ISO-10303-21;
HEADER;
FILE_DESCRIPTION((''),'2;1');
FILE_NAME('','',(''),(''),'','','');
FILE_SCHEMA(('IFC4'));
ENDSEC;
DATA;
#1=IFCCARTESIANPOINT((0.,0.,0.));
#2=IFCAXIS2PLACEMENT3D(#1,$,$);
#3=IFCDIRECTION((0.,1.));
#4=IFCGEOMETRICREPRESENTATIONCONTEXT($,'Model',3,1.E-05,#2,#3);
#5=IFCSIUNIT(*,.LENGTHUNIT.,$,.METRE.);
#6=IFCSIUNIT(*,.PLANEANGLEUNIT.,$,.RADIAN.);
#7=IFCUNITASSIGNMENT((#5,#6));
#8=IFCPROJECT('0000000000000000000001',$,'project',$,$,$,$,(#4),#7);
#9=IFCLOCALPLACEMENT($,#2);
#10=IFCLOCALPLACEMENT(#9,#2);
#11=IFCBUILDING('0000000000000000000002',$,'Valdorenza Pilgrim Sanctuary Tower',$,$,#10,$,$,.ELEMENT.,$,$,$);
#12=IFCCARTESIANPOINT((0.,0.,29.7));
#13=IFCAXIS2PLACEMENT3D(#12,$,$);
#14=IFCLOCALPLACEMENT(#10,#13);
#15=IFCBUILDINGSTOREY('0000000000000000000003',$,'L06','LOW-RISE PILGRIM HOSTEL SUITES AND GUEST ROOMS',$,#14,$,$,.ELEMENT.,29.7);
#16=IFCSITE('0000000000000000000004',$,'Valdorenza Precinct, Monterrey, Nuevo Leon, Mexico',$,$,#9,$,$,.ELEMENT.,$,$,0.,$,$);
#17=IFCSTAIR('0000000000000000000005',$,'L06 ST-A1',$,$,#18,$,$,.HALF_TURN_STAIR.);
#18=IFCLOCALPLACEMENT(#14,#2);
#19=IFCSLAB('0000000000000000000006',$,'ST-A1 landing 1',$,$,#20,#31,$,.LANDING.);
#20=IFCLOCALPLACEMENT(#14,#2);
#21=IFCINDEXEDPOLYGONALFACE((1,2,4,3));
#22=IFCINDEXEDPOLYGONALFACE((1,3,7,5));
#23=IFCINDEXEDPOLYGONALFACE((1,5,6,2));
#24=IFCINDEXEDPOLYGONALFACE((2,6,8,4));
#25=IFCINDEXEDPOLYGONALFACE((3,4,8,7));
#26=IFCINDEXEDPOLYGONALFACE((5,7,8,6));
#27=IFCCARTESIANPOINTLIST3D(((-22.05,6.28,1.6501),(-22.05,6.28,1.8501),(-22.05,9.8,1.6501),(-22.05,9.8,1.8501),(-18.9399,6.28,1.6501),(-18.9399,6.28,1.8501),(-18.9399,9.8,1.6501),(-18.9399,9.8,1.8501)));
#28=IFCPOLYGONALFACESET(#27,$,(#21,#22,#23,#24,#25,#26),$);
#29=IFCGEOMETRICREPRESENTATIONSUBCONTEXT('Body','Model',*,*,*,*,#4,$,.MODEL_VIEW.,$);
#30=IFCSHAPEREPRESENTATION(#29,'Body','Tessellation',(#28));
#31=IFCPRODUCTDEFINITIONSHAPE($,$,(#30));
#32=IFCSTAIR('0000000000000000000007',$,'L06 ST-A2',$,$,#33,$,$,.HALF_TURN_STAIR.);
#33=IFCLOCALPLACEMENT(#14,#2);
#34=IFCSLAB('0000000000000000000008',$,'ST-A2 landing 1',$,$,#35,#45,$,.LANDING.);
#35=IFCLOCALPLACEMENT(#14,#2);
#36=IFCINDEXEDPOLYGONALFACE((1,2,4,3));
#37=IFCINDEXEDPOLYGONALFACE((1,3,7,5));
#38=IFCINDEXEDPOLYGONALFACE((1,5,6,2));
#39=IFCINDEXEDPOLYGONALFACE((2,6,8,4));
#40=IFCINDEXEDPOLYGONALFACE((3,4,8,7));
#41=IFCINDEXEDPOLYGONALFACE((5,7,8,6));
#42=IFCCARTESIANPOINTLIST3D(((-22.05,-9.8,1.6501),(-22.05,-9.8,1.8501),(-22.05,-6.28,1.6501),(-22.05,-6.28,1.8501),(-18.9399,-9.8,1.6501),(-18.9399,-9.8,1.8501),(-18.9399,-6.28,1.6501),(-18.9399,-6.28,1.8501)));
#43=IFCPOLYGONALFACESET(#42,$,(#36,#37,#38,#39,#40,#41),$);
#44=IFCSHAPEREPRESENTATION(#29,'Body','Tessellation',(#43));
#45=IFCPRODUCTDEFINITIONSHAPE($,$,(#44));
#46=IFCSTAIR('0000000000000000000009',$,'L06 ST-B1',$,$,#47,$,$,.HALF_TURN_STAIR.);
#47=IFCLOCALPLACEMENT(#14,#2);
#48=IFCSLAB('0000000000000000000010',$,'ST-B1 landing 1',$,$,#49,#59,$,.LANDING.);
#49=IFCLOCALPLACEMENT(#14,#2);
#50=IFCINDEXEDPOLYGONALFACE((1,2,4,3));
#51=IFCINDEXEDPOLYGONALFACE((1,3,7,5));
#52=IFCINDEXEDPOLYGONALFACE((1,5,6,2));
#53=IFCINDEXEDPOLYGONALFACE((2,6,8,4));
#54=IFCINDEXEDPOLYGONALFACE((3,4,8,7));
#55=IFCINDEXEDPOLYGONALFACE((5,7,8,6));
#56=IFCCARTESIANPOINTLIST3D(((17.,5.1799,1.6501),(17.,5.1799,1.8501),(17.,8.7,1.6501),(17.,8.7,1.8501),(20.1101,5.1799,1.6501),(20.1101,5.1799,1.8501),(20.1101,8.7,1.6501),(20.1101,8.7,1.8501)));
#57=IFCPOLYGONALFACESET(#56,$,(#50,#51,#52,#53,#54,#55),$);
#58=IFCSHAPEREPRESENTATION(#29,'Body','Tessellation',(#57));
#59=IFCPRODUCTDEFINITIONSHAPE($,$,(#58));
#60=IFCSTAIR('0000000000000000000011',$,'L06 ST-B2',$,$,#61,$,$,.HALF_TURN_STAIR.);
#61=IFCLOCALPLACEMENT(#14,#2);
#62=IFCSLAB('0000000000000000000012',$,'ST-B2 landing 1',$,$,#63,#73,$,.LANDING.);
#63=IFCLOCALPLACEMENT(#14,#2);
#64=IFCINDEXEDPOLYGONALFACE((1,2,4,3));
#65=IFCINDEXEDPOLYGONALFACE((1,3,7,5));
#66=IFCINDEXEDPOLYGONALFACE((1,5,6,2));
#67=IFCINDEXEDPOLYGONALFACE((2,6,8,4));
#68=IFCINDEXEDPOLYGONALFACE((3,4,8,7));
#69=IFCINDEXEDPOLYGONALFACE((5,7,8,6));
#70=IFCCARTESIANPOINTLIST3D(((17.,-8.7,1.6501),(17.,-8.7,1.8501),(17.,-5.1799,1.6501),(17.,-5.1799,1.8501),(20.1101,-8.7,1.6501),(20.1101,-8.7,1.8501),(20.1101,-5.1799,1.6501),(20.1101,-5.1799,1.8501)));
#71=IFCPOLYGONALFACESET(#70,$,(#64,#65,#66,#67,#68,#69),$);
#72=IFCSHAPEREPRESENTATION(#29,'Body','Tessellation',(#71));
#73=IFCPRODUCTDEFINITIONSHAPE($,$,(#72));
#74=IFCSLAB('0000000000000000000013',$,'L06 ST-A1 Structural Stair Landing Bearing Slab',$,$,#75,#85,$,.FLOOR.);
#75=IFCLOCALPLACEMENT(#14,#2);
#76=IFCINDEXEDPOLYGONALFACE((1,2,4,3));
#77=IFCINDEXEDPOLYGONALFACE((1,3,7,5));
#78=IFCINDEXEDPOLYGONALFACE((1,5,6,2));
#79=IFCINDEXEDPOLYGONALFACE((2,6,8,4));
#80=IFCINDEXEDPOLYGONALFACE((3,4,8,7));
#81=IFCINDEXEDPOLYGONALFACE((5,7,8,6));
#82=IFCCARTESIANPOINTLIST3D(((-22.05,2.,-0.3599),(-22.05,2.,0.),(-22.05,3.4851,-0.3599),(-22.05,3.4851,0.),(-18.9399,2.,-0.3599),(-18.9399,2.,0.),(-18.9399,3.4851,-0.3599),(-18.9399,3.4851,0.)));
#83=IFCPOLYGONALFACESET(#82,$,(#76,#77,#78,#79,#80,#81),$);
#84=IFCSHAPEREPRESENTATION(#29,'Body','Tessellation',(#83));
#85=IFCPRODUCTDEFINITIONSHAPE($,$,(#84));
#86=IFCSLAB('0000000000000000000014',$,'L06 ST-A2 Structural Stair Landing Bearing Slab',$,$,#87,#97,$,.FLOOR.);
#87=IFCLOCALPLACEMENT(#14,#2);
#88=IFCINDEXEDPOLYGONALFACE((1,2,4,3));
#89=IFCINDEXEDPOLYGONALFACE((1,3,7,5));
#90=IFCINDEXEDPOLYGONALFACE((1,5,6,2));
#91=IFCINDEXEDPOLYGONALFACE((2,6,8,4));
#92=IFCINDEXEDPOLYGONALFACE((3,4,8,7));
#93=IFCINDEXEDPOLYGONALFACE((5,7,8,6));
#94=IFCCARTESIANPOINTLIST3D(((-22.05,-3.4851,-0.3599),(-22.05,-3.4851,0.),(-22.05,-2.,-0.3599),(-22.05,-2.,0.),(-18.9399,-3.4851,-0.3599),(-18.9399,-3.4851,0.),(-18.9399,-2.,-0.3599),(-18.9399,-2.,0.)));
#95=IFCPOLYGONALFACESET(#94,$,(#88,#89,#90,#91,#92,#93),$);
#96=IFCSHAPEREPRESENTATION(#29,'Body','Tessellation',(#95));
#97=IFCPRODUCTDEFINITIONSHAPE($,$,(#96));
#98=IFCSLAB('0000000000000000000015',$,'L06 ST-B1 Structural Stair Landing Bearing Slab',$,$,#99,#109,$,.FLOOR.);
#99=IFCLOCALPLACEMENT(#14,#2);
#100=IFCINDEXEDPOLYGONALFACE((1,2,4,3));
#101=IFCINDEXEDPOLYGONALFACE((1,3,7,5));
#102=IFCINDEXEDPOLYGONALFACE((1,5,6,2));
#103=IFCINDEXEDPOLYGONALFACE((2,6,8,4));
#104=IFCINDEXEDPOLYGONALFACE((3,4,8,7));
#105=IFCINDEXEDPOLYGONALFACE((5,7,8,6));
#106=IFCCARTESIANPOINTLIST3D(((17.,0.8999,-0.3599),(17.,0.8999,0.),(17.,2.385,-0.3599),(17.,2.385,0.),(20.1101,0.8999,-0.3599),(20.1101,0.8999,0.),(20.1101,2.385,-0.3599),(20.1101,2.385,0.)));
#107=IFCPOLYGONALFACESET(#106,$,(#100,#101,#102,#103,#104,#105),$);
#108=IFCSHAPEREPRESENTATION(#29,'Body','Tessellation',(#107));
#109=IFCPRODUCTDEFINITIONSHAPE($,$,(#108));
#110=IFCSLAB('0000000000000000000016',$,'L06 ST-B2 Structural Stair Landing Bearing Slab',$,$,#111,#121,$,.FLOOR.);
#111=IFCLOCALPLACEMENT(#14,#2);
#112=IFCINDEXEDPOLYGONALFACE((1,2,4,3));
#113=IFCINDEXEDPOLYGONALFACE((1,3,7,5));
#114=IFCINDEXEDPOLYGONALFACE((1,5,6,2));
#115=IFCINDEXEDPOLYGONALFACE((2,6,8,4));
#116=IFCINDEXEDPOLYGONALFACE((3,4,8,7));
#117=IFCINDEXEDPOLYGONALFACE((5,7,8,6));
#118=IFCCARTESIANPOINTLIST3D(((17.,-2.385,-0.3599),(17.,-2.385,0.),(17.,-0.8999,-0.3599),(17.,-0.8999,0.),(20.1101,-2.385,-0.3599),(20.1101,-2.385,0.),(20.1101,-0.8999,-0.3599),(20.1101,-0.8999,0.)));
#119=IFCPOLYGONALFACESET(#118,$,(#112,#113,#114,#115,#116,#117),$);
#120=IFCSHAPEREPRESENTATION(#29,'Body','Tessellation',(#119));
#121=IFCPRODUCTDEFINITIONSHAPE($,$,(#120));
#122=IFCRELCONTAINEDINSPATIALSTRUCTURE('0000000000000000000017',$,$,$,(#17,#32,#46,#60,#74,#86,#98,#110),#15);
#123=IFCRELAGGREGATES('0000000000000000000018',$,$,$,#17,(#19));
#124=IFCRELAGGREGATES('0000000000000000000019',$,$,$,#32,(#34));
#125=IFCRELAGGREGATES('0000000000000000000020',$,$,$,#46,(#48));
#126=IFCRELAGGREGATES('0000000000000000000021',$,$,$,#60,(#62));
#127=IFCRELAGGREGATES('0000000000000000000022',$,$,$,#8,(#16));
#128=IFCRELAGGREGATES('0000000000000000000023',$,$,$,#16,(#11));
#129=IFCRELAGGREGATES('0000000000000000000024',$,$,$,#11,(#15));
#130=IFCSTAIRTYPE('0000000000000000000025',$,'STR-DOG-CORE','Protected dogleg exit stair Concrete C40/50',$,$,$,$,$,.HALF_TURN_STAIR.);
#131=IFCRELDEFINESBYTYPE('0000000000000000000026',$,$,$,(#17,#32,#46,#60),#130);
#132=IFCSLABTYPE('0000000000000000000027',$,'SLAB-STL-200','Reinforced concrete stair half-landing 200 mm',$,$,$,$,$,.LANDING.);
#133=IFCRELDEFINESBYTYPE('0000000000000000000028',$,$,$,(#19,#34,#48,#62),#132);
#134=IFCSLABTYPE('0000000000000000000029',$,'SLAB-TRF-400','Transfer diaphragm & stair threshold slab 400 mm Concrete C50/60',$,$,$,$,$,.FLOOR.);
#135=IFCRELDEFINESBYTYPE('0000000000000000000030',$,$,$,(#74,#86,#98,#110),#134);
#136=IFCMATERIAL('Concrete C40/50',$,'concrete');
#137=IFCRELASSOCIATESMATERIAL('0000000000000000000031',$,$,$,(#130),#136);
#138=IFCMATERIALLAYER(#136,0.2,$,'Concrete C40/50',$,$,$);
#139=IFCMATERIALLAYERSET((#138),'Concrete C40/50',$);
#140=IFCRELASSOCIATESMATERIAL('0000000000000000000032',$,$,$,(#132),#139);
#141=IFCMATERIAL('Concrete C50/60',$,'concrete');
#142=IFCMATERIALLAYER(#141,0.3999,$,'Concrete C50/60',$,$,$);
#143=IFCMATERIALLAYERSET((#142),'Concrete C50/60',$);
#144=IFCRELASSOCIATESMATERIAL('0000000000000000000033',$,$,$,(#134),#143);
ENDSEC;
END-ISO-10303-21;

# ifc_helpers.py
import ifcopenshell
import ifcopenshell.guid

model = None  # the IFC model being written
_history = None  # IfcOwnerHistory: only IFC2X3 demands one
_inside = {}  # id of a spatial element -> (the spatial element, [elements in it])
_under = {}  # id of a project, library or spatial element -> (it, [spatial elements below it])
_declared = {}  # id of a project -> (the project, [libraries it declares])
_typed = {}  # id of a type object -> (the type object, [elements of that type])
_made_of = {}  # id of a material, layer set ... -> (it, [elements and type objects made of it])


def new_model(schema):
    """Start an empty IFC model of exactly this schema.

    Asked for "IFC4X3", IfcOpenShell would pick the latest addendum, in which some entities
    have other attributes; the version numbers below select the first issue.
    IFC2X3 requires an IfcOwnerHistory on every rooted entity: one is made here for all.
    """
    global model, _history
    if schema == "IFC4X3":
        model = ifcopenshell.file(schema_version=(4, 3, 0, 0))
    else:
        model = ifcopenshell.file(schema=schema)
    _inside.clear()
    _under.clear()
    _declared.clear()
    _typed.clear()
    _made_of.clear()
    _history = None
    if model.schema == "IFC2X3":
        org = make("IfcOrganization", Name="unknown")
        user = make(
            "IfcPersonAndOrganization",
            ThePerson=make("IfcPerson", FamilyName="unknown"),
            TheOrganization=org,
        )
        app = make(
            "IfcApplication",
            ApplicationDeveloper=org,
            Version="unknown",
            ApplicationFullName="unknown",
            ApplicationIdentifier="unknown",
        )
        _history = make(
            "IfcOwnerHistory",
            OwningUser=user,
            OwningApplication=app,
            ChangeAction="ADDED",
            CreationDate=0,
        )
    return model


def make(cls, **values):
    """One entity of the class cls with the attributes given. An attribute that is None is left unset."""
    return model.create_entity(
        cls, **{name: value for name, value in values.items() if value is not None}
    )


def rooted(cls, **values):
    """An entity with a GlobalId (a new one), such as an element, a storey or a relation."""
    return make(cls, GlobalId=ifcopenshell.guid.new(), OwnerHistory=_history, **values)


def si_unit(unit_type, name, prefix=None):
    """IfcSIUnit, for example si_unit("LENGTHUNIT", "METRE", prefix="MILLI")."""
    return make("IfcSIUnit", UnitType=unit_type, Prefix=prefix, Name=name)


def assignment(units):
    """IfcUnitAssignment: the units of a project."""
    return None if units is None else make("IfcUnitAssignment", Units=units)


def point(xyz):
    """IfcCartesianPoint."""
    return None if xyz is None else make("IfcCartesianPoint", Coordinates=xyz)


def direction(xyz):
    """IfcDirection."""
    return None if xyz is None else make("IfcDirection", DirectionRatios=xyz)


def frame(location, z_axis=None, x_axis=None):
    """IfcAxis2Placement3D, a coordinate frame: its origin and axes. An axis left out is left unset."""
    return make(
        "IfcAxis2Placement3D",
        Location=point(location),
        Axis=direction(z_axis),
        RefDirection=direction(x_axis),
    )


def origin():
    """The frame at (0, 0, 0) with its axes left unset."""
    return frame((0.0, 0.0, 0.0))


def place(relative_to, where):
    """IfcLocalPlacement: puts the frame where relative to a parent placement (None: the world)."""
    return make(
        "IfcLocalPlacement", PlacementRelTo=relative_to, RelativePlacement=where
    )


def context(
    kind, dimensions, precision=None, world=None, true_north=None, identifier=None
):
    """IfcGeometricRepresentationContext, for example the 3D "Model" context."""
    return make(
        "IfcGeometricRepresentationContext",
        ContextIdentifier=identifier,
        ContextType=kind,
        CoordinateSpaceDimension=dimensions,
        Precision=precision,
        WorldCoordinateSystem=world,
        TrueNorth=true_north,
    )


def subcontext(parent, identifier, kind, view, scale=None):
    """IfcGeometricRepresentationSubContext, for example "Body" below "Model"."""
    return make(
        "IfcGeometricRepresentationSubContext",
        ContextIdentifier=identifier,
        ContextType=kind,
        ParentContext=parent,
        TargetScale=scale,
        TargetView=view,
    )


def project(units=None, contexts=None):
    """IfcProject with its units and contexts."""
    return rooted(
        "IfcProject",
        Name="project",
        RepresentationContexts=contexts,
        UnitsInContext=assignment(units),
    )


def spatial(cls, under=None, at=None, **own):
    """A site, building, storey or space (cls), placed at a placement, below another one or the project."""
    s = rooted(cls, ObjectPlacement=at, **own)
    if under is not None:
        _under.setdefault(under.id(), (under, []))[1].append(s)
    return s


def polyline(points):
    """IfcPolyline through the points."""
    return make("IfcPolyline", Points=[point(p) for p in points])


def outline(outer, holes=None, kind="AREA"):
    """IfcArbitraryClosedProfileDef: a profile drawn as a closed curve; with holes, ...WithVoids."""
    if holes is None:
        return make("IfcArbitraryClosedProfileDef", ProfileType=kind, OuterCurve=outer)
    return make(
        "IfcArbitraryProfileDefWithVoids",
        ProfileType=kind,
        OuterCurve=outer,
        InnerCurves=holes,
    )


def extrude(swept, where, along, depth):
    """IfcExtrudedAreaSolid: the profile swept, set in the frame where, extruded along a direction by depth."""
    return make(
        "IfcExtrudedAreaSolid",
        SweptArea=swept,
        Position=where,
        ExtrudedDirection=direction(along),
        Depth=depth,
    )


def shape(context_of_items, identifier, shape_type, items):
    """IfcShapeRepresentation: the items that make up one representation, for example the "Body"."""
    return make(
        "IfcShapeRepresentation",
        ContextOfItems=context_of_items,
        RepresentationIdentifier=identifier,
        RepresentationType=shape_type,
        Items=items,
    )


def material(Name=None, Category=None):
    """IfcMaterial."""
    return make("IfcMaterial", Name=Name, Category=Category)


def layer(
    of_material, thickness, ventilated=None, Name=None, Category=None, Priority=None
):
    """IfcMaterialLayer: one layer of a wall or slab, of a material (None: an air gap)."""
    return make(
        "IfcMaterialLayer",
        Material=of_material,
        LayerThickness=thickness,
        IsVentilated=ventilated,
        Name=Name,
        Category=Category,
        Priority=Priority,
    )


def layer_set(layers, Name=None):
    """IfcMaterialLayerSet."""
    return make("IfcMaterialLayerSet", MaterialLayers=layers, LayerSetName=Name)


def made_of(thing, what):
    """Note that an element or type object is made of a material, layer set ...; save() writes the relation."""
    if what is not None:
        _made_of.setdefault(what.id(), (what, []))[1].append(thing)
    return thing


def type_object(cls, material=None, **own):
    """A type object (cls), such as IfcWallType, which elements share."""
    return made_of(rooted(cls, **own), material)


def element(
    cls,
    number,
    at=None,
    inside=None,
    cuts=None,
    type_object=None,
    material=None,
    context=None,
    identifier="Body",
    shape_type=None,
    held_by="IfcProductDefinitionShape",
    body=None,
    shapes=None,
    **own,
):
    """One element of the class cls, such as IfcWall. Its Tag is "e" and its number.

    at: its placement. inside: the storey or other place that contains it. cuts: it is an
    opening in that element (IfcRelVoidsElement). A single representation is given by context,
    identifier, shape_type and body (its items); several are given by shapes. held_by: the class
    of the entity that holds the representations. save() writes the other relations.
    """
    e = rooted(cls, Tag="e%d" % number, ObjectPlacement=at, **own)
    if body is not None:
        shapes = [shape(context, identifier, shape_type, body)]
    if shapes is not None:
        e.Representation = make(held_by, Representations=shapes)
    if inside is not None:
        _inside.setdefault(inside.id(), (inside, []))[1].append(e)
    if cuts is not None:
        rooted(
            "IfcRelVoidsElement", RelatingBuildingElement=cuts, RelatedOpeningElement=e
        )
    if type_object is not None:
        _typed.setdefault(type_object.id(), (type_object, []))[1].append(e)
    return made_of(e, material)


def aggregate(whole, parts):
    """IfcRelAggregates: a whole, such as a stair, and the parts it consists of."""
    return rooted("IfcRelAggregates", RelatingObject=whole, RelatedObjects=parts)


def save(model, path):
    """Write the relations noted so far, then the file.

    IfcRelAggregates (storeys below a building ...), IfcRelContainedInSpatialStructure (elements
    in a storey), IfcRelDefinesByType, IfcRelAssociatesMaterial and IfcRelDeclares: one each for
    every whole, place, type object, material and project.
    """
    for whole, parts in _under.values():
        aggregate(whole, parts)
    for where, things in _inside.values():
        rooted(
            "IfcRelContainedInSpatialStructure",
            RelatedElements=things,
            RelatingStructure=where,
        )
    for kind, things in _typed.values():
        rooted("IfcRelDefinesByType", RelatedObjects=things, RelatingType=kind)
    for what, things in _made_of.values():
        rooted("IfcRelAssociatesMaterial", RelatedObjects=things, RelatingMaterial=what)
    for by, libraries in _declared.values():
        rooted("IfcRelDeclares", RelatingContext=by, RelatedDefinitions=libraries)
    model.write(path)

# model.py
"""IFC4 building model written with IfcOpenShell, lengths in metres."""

from ifc_helpers import new_model, si_unit, direction, frame, origin, place, context, subcontext, project, spatial, polyline, outline, extrude, material, layer, layer_set, type_object, element, aggregate, save


model = new_model("IFC4")

# Units and contexts
model_context = context("Model", 3, precision=1e-05, world=origin(), true_north=direction((0.0, 1.0)))
body_context = subcontext(model_context, "Body", "Model", "MODEL_VIEW")
ifc_project = project(units=[si_unit("LENGTHUNIT", "METRE"), si_unit("PLANEANGLEUNIT", "RADIAN")], contexts=[model_context])

# Site, building, storey
site_placement = place(None, origin())
site = spatial("IfcSite", under=ifc_project, at=site_placement, Name="Valdorenza Precinct, Monterrey, Nuevo Leon, Mexico", CompositionType="ELEMENT", RefElevation=0.0)
building_placement = place(site_placement, origin())
building = spatial("IfcBuilding", under=site, at=building_placement, Name="Valdorenza Pilgrim Sanctuary Tower", CompositionType="ELEMENT")
storey_placement = place(building_placement, frame((0.0, 0.0, 29.7)))
storey = spatial("IfcBuildingStorey", under=building, at=storey_placement, Name="L06", Description="LOW-RISE PILGRIM HOSTEL SUITES AND GUEST ROOMS", CompositionType="ELEMENT", Elevation=29.7)

# Shared definitions
ifc_material_1 = material(Name="Concrete C40/50", Category="concrete")

# Stairs, slabs
stair_type = type_object("IfcStairType", Name="STR-DOG-CORE", Description="Protected dogleg exit stair Concrete C40/50", PredefinedType="HALF_TURN_STAIR", material=ifc_material_1)
stair_1_placement = place(storey_placement, origin())
stair_1 = element("IfcStair", 1, at=stair_1_placement, inside=storey, type_object=stair_type, Name="L06 ST-A1", PredefinedType="HALF_TURN_STAIR")
ifc_layer_1 = layer(ifc_material_1, 0.2, Name="Concrete C40/50")
ifc_layer_set_1 = layer_set([ifc_layer_1], Name="Concrete C40/50")
slab_type_1 = type_object("IfcSlabType", Name="SLAB-STL-200", Description="Reinforced concrete stair half-landing 200 mm", PredefinedType="LANDING", material=ifc_layer_set_1)
slab_1_placement = place(storey_placement, frame((0.0, 0.0, 1.6501)))
slab_1 = element("IfcSlab", 2, at=slab_1_placement, type_object=slab_type_1, Name="ST-A1 landing 1", PredefinedType="LANDING", context=body_context, shape_type="SweptSolid", body=[
    extrude(outline(polyline([(-18.9399, 6.28), (-18.9399, 9.8), (-22.05, 9.8), (-22.05, 6.28), (-18.9399, 6.28)])), origin(), (0.0, 0.0, 1.0), 0.2),
])
aggregate(stair_1, [slab_1])
stair_2_placement = place(storey_placement, origin())
stair_2 = element("IfcStair", 3, at=stair_2_placement, inside=storey, type_object=stair_type, Name="L06 ST-A2", PredefinedType="HALF_TURN_STAIR")
slab_2_placement = place(storey_placement, frame((0.0, 0.0, 1.6501)))
slab_2 = element("IfcSlab", 4, at=slab_2_placement, type_object=slab_type_1, Name="ST-A2 landing 1", PredefinedType="LANDING", context=body_context, shape_type="SweptSolid", body=[
    extrude(outline(polyline([(-22.05, -6.28), (-22.05, -9.8), (-18.9399, -9.8), (-18.9399, -6.28), (-22.05, -6.28)])), origin(), (0.0, 0.0, 1.0), 0.2),
])
aggregate(stair_2, [slab_2])
stair_3_placement = place(storey_placement, origin())
stair_3 = element("IfcStair", 5, at=stair_3_placement, inside=storey, type_object=stair_type, Name="L06 ST-B1", PredefinedType="HALF_TURN_STAIR")
slab_3_placement = place(storey_placement, frame((0.0, 0.0, 1.6501)))
slab_3 = element("IfcSlab", 6, at=slab_3_placement, type_object=slab_type_1, Name="ST-B1 landing 1", PredefinedType="LANDING", context=body_context, shape_type="SweptSolid", body=[
    extrude(outline(polyline([(20.1101, 5.1799), (20.1101, 8.7), (17.0, 8.7), (17.0, 5.1799), (20.1101, 5.1799)])), origin(), (0.0, 0.0, 1.0), 0.2),
])
aggregate(stair_3, [slab_3])
stair_4_placement = place(storey_placement, origin())
stair_4 = element("IfcStair", 7, at=stair_4_placement, inside=storey, type_object=stair_type, Name="L06 ST-B2", PredefinedType="HALF_TURN_STAIR")
slab_4_placement = place(storey_placement, frame((0.0, 0.0, 1.6501)))
slab_4 = element("IfcSlab", 8, at=slab_4_placement, type_object=slab_type_1, Name="ST-B2 landing 1", PredefinedType="LANDING", context=body_context, shape_type="SweptSolid", body=[
    extrude(outline(polyline([(17.0, -5.1799), (17.0, -8.7), (20.1101, -8.7), (20.1101, -5.1799), (17.0, -5.1799)])), origin(), (0.0, 0.0, 1.0), 0.2),
])
aggregate(stair_4, [slab_4])

# Slabs
ifc_material_2 = material(Name="Concrete C50/60", Category="concrete")
ifc_layer_2 = layer(ifc_material_2, 0.3999, Name="Concrete C50/60")
ifc_layer_set_2 = layer_set([ifc_layer_2], Name="Concrete C50/60")
slab_type_2 = type_object("IfcSlabType", Name="SLAB-TRF-400", Description="Transfer diaphragm & stair threshold slab 400 mm Concrete C50/60", PredefinedType="FLOOR", material=ifc_layer_set_2)
slab_5_placement = place(storey_placement, frame((0.0, 0.0, -0.3599)))
element("IfcSlab", 9, at=slab_5_placement, inside=storey, type_object=slab_type_2, Name="L06 ST-A1 Structural Stair Landing Bearing Slab", PredefinedType="FLOOR", context=body_context, shape_type="SweptSolid", body=[
    extrude(outline(polyline([(-22.05, 2.0), (-18.9399, 2.0), (-18.9399, 3.4851), (-22.05, 3.4851), (-22.05, 2.0)])), origin(), (0.0, 0.0, 1.0), 0.3599),
])
slab_6_placement = place(storey_placement, frame((0.0, 0.0, -0.3599)))
element("IfcSlab", 10, at=slab_6_placement, inside=storey, type_object=slab_type_2, Name="L06 ST-A2 Structural Stair Landing Bearing Slab", PredefinedType="FLOOR", context=body_context, shape_type="SweptSolid", body=[
    extrude(outline(polyline([(-22.05, -3.4851), (-18.9399, -3.4851), (-18.9399, -2.0), (-22.05, -2.0), (-22.05, -3.4851)])), origin(), (0.0, 0.0, 1.0), 0.3599),
])
slab_7_placement = place(storey_placement, frame((0.0, 0.0, -0.3599)))
element("IfcSlab", 11, at=slab_7_placement, inside=storey, type_object=slab_type_2, Name="L06 ST-B1 Structural Stair Landing Bearing Slab", PredefinedType="FLOOR", context=body_context, shape_type="SweptSolid", body=[
    extrude(outline(polyline([(17.0, 0.8999), (20.1101, 0.8999), (20.1101, 2.385), (17.0, 2.385), (17.0, 0.8999)])), origin(), (0.0, 0.0, 1.0), 0.3599),
])
slab_8_placement = place(storey_placement, frame((0.0, 0.0, -0.3599)))
element("IfcSlab", 12, at=slab_8_placement, inside=storey, type_object=slab_type_2, Name="L06 ST-B2 Structural Stair Landing Bearing Slab", PredefinedType="FLOOR", context=body_context, shape_type="SweptSolid", body=[
    extrude(outline(polyline([(17.0, -2.385), (20.1101, -2.385), (20.1101, -0.8999), (17.0, -0.8999), (17.0, -2.385)])), origin(), (0.0, 0.0, 1.0), 0.3599),
])

save(model, "model.ifc")
